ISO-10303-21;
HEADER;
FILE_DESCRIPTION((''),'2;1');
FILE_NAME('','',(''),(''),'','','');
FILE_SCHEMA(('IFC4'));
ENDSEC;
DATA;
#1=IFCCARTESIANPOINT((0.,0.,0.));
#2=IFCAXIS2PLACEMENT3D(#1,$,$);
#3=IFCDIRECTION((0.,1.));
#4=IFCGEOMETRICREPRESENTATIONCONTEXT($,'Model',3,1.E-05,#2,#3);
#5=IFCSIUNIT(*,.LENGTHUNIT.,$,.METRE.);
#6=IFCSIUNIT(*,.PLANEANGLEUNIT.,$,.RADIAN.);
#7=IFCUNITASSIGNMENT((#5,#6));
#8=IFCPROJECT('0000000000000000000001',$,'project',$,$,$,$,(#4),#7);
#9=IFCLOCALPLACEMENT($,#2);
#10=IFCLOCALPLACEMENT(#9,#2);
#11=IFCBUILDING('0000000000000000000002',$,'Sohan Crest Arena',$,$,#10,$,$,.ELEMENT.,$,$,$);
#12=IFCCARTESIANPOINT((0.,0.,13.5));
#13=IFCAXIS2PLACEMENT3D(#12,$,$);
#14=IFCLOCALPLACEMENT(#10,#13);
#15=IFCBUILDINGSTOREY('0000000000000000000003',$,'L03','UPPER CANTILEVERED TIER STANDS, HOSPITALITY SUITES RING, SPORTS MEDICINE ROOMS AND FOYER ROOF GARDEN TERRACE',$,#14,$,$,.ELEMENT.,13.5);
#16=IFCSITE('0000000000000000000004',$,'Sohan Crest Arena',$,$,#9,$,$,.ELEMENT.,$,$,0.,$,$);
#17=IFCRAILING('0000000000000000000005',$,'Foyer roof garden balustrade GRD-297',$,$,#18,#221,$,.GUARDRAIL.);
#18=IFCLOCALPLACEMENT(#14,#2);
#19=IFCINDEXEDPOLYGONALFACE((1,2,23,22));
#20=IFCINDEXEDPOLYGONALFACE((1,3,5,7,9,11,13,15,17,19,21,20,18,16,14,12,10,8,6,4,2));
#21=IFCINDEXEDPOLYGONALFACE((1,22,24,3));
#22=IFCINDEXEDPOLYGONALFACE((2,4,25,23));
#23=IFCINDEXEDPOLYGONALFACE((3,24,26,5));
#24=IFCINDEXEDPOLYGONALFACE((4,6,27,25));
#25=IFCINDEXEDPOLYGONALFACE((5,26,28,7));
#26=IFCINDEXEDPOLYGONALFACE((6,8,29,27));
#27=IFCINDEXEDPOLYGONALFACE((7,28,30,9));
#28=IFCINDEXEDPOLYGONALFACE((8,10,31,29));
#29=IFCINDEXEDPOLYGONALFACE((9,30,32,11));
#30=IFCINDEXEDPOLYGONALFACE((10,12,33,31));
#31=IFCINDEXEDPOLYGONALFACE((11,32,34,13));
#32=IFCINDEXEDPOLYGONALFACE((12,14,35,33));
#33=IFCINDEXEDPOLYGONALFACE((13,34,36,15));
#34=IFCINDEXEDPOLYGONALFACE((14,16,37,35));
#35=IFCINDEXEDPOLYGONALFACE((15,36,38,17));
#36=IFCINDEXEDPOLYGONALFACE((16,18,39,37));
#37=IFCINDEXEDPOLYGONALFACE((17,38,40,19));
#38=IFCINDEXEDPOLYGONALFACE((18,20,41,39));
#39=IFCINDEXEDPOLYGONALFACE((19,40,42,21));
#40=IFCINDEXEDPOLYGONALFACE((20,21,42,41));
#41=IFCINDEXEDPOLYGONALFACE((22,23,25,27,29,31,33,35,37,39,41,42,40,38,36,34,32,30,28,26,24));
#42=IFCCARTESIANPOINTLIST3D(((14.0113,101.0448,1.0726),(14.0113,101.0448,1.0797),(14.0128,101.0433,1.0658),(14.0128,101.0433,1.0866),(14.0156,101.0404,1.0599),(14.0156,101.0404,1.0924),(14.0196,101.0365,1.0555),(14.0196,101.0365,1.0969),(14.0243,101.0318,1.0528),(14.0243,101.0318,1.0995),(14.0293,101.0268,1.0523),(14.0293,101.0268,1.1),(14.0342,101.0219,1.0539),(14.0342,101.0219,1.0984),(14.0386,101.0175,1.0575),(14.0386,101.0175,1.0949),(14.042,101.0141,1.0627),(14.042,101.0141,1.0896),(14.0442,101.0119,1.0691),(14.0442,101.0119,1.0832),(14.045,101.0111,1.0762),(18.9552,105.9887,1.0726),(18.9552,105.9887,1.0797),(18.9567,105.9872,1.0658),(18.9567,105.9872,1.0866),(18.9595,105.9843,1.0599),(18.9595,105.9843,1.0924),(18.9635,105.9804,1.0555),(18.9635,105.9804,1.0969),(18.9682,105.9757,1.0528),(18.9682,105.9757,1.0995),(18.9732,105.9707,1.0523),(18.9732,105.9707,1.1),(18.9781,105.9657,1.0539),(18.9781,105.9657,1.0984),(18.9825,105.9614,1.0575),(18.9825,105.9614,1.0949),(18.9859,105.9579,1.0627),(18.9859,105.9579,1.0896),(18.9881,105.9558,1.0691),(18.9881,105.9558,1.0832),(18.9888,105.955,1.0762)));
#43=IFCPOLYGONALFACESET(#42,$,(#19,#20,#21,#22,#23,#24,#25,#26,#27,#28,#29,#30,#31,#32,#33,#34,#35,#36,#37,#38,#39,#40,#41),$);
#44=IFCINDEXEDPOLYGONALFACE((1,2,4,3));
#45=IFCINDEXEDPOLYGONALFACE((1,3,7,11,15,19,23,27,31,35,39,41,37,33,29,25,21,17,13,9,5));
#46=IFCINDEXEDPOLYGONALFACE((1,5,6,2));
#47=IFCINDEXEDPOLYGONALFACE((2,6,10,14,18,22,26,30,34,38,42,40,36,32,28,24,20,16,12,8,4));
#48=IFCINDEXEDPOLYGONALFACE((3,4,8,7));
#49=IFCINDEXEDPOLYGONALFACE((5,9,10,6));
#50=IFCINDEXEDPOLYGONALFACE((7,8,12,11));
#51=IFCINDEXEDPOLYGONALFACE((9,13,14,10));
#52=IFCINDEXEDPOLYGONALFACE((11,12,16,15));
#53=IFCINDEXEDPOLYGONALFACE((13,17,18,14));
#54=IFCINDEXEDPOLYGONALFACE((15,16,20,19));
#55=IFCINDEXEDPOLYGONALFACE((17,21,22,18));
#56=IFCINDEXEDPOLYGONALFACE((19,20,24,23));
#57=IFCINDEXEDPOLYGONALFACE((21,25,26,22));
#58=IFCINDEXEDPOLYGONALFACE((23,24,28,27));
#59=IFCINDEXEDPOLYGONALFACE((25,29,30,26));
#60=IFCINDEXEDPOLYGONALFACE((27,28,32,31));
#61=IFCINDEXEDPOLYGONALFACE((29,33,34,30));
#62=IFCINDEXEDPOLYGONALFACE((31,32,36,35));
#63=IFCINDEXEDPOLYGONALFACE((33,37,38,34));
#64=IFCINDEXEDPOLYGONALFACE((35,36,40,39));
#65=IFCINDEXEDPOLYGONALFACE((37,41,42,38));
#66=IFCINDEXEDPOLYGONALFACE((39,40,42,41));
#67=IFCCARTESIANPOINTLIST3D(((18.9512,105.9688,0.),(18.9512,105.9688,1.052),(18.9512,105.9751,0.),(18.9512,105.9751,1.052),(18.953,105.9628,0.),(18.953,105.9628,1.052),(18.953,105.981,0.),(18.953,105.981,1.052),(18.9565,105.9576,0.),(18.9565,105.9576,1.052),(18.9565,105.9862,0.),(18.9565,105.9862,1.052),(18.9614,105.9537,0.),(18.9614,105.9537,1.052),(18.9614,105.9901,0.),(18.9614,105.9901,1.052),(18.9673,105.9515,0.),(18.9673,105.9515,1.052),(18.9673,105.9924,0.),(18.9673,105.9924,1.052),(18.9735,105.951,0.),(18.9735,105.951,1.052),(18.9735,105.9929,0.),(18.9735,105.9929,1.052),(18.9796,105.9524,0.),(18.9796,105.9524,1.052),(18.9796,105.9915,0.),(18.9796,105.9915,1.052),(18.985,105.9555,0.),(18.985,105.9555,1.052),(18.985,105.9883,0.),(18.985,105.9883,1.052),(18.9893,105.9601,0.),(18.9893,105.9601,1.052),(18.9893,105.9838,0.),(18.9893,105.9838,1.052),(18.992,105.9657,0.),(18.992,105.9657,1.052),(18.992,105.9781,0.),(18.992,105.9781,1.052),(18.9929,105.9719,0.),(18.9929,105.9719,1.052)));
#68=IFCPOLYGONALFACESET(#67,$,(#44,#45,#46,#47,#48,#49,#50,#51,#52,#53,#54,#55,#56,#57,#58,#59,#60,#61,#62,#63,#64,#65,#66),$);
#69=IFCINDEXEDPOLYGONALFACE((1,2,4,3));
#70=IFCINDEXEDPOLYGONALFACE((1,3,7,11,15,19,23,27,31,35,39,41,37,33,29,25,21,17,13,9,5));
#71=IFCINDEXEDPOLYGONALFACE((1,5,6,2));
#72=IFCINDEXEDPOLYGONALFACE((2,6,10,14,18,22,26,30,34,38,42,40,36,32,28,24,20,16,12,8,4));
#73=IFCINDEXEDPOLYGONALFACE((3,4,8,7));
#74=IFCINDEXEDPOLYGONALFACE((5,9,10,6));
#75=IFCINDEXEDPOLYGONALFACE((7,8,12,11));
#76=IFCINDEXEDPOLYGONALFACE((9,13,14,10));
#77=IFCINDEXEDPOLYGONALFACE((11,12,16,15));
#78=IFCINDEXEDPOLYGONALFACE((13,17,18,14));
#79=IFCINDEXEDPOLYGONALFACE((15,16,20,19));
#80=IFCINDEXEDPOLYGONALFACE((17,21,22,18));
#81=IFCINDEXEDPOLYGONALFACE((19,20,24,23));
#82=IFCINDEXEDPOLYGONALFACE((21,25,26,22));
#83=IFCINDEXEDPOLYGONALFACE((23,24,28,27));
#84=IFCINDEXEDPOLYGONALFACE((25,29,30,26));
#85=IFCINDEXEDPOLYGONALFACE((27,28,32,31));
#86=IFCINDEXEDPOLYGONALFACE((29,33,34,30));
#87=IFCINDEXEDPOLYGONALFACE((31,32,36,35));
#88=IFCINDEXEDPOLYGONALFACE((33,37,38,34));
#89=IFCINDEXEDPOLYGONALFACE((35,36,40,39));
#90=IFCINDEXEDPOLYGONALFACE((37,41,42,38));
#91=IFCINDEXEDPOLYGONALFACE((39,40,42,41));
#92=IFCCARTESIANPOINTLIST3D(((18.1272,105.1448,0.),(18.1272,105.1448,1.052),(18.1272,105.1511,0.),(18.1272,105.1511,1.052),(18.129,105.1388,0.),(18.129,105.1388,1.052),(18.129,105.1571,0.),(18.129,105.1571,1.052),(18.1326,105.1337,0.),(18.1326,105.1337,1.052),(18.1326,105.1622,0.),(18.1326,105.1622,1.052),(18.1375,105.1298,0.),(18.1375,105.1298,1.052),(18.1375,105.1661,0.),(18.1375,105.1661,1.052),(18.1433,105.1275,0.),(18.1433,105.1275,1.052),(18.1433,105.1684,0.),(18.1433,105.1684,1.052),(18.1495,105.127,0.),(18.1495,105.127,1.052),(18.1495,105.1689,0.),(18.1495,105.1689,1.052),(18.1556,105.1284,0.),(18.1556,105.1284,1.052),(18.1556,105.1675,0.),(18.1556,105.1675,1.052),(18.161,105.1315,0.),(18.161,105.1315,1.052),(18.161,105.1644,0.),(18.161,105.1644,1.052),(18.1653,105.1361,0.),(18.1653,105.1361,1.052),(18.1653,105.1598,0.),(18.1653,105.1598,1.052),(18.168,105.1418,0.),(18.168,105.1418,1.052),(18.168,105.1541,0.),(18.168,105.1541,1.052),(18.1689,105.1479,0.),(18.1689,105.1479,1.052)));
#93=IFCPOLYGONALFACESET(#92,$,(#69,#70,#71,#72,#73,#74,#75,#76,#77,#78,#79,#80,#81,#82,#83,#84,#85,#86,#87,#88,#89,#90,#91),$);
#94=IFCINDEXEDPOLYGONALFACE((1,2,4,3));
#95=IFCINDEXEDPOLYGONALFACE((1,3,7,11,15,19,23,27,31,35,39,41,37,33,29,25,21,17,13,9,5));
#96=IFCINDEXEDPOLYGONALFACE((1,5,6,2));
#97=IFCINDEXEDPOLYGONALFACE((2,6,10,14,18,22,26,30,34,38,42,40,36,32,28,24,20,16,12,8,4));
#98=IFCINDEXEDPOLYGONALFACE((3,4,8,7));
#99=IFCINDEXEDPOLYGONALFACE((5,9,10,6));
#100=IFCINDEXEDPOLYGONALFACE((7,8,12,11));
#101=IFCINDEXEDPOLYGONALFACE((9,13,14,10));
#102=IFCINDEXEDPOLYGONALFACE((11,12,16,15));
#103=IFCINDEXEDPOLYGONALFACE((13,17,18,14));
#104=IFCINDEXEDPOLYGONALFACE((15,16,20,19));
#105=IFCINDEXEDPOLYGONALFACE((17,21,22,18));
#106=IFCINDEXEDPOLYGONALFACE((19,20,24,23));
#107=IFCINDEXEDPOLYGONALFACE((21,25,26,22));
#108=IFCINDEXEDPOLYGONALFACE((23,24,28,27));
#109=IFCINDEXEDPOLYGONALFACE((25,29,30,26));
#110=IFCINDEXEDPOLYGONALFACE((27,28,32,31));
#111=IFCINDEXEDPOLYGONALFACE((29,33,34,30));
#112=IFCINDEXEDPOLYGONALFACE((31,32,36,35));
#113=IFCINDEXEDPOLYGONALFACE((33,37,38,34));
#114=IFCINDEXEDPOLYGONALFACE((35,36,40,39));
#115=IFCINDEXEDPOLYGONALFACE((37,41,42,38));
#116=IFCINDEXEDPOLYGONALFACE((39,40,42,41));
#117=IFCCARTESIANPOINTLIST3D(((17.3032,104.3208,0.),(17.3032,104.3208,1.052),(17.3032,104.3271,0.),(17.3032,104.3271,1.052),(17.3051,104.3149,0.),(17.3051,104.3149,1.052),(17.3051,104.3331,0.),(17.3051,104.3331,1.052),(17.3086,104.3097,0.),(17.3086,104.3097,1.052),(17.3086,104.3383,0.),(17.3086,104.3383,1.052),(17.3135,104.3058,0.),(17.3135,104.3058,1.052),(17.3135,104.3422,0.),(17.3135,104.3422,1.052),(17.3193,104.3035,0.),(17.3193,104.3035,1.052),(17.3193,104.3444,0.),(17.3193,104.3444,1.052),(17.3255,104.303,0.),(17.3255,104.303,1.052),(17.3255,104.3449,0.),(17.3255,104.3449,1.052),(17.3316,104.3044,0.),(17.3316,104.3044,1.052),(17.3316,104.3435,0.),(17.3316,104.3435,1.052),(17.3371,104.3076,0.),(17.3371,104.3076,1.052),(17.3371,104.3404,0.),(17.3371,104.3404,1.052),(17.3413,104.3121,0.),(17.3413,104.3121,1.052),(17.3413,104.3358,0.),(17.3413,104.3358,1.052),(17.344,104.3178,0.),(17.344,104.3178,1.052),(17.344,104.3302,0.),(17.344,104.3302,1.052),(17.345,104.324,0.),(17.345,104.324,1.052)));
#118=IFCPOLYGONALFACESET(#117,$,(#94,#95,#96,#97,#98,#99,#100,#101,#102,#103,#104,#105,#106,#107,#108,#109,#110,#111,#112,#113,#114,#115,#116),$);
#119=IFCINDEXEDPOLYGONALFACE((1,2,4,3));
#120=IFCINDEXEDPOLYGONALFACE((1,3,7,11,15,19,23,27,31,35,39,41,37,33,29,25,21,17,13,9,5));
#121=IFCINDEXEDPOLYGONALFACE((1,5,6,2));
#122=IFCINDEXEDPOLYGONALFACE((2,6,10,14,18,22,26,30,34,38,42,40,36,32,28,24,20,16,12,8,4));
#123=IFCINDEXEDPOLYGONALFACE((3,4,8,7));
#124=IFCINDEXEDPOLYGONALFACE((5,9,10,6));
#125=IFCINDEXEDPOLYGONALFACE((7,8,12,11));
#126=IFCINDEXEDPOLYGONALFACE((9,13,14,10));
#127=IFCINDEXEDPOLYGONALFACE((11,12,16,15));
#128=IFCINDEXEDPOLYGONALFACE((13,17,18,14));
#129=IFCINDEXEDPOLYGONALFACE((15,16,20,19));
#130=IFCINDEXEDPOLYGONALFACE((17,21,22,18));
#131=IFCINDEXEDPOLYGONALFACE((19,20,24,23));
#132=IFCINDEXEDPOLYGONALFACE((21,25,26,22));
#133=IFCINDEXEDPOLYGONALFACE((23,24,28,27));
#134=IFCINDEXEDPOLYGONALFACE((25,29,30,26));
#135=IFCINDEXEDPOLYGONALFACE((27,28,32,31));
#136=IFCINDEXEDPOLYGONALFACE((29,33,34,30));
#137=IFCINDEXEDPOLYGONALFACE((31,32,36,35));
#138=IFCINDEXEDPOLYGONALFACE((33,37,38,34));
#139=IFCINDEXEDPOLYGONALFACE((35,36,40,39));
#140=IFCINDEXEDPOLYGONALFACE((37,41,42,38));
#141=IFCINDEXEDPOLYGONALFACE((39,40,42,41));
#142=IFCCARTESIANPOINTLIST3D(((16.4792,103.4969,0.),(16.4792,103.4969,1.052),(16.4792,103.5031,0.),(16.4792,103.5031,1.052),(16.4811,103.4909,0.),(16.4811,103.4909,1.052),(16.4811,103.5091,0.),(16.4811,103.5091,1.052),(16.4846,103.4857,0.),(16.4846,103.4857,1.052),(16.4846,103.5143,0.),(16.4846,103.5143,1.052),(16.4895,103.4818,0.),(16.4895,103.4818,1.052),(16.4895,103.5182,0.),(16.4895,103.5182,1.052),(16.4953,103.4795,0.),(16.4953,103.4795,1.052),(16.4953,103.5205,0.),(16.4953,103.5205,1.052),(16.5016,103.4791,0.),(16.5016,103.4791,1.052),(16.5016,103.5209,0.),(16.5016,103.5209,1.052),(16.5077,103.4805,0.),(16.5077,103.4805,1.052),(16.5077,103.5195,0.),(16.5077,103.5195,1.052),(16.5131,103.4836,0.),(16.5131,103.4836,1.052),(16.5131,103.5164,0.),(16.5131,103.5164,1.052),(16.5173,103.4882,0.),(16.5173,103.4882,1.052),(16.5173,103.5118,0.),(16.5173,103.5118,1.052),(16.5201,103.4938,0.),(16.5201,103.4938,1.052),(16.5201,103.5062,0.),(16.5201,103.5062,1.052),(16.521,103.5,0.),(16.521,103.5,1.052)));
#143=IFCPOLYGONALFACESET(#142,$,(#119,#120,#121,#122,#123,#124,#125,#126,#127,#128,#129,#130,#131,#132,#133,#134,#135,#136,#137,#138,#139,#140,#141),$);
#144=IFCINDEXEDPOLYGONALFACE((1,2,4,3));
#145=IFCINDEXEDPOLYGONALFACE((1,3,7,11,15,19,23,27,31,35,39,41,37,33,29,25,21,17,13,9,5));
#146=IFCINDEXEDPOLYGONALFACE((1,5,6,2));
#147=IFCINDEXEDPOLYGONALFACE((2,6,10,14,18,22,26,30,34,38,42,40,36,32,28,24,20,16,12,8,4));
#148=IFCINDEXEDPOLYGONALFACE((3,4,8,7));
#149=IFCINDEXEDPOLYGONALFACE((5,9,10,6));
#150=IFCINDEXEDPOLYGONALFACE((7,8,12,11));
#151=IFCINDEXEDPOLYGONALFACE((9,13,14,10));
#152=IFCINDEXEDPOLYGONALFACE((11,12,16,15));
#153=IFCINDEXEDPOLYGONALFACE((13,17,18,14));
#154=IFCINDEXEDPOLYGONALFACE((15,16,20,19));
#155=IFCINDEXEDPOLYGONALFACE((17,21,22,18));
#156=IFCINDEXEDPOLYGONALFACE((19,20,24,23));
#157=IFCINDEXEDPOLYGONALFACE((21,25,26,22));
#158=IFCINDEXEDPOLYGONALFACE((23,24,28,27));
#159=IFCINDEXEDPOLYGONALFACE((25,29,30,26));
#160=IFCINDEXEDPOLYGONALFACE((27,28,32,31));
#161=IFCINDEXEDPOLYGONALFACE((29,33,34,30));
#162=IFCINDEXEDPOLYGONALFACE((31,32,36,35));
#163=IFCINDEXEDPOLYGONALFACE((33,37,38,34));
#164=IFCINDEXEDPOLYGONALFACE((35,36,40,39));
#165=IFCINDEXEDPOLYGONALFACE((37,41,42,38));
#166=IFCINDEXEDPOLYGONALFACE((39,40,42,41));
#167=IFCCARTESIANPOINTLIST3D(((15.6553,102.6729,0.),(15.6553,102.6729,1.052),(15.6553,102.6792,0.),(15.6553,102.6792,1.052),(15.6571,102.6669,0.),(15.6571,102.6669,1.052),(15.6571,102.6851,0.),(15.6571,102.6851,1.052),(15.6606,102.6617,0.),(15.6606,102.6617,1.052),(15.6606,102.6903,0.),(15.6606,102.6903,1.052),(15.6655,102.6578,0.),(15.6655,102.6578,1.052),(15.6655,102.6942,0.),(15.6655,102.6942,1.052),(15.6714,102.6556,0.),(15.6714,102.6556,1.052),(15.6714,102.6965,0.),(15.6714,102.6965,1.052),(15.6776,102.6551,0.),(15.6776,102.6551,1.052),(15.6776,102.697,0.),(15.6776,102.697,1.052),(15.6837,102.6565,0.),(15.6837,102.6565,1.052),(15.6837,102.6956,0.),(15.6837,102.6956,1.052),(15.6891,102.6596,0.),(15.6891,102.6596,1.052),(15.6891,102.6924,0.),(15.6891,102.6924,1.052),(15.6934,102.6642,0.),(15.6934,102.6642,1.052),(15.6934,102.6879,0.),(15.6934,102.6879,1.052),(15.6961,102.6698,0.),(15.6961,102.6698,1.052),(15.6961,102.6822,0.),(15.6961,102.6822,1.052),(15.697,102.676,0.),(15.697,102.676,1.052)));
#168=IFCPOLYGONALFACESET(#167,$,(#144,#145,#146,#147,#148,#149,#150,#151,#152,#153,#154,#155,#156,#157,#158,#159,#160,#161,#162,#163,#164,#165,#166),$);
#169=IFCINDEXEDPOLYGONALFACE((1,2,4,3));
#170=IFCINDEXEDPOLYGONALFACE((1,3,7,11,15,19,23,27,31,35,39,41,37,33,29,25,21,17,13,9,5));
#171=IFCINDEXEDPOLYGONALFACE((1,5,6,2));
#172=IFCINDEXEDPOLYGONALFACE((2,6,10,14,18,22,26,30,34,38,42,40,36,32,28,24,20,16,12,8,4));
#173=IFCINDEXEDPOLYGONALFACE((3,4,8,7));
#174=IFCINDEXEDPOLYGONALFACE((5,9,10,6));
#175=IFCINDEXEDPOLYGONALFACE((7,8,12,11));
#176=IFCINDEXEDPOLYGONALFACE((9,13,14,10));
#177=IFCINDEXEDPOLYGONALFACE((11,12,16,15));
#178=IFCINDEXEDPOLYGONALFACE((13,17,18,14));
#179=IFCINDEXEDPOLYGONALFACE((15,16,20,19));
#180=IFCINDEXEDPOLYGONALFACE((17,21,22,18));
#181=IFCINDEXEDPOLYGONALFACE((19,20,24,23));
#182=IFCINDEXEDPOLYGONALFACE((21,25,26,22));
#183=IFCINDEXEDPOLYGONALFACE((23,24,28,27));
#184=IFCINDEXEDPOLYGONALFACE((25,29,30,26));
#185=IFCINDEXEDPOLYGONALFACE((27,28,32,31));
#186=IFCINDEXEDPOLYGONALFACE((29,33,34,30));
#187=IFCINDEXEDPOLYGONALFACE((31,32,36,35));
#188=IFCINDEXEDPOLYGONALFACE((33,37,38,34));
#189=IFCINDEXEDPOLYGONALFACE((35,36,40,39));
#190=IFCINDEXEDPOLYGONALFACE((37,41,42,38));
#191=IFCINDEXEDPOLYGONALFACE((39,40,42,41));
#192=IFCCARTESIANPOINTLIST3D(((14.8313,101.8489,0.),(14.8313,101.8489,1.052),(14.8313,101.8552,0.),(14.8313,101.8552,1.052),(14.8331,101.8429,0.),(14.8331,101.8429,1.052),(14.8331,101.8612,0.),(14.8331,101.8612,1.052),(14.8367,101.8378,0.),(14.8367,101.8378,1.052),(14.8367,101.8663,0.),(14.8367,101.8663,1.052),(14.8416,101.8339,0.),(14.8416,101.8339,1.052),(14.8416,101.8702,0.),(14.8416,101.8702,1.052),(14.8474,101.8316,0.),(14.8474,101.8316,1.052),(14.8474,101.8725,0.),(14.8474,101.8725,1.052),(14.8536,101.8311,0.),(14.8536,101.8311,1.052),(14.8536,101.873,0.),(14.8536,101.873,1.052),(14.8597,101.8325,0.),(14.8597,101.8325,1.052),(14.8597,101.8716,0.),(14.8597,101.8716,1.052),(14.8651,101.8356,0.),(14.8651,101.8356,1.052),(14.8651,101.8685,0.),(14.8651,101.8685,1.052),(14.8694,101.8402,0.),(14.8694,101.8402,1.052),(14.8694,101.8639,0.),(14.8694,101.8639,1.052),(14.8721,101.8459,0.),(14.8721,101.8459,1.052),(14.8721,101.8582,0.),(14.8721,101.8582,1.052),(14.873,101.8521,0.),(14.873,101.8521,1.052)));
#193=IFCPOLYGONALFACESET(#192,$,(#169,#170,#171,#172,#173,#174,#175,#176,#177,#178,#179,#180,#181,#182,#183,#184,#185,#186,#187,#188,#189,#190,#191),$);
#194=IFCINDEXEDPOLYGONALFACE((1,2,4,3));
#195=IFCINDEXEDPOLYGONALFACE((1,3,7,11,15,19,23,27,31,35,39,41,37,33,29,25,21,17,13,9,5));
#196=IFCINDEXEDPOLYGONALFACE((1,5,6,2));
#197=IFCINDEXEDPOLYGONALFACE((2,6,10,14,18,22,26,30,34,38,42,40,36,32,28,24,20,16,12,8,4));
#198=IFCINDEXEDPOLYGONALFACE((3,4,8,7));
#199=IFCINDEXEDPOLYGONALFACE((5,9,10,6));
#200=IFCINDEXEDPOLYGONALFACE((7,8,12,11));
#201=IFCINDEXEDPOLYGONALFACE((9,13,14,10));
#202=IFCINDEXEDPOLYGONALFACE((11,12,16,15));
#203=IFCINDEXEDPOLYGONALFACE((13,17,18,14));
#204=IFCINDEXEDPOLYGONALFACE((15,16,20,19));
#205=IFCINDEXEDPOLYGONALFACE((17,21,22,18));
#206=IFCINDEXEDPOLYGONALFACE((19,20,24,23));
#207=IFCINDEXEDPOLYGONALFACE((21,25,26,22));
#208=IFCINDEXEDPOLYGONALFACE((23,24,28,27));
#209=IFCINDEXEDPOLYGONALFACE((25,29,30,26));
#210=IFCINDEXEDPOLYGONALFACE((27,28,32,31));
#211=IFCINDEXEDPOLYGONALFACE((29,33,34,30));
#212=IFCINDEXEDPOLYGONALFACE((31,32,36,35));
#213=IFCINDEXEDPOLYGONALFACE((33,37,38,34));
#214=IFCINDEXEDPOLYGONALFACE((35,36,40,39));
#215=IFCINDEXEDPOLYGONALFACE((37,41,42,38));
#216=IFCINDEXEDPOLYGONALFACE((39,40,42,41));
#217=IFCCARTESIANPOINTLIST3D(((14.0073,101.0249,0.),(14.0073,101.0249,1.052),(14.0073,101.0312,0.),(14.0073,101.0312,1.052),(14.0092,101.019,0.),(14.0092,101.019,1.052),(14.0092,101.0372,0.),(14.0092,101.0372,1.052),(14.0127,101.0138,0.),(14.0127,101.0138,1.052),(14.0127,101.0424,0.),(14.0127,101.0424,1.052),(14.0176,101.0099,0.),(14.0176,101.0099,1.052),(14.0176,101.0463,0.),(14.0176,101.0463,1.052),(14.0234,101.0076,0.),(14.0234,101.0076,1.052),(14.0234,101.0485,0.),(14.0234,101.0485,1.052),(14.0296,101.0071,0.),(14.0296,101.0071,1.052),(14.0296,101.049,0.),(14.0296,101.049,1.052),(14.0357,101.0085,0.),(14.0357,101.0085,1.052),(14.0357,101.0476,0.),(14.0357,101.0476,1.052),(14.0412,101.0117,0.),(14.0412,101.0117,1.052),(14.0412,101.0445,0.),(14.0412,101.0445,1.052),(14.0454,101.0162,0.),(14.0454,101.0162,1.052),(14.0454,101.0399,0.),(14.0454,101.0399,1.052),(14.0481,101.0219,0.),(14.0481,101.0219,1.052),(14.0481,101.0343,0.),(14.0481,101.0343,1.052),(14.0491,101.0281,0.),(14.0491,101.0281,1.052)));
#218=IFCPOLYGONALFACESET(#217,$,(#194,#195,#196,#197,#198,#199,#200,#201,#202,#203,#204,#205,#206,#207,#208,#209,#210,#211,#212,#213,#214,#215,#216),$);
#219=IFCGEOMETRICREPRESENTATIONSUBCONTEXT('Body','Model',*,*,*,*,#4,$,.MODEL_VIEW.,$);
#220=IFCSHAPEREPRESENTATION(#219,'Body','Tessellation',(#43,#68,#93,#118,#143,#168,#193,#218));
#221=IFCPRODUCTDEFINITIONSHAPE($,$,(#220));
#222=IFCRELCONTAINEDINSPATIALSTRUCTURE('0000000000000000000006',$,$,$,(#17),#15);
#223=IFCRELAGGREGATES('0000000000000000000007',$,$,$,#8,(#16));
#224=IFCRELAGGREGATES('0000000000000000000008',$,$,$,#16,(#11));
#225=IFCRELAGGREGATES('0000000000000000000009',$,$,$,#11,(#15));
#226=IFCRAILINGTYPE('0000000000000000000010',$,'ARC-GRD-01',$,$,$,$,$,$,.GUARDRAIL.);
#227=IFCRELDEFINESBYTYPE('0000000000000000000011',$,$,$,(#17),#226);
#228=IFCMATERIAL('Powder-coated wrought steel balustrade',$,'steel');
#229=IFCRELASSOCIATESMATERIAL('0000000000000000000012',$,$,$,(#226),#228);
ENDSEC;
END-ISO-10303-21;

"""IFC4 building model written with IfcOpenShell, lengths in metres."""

from ifc_helpers import new_model, si_unit, direction, frame, origin, origin_2d, place, context, subcontext, project, spatial, circle, extrude, material, type_object, element, save


model = new_model("IFC4")

# Units and contexts
model_context = context("Model", 3, precision=1e-05, world=origin(), true_north=direction((0.0, 1.0)))
body_context = subcontext(model_context, "Body", "Model", "MODEL_VIEW")
ifc_project = project(units=[si_unit("LENGTHUNIT", "METRE"), si_unit("PLANEANGLEUNIT", "RADIAN")], contexts=[model_context])

# Site, building, storey
site_placement = place(None, origin())
site = spatial("IfcSite", under=ifc_project, at=site_placement, Name="Sohan Crest Arena", CompositionType="ELEMENT", RefElevation=0.0)
building_placement = place(site_placement, origin())
building = spatial("IfcBuilding", under=site, at=building_placement, Name="Sohan Crest Arena", CompositionType="ELEMENT")
storey_placement = place(building_placement, frame((0.0, 0.0, 13.5)))
storey = spatial("IfcBuildingStorey", under=building, at=storey_placement, Name="L03", Description="UPPER CANTILEVERED TIER STANDS, HOSPITALITY SUITES RING, SPORTS MEDICINE ROOMS AND FOYER ROOF GARDEN TERRACE", CompositionType="ELEMENT", Elevation=13.5)

# Railing
ifc_material_1 = material(Name="Powder-coated wrought steel balustrade", Category="steel")
railing_type = type_object("IfcRailingType", Name="ARC-GRD-01", PredefinedType="GUARDRAIL", material=ifc_material_1)
railing_1_placement = place(storey_placement, frame((18.9719, 105.9719, 0.0)))
element("IfcRailing", 1, at=railing_1_placement, inside=storey, type_object=railing_type, Name="Foyer roof garden balustrade GRD-297", PredefinedType="GUARDRAIL", context=body_context, shape_type="SweptSolid", body=[
    extrude(circle(Radius=0.0239, at=origin_2d()), frame((0.0, 0.0, 1.0762), z_axis=(-0.707107, -0.707107, 0.0), x_axis=(0.707107, -0.707107, 0.0)), (0.0, 0.0, 1.0), 6.9917),
    extrude(circle(Radius=0.021, at=origin_2d()), origin(), (0.0, 0.0, 1.0), 1.052),
    extrude(circle(Radius=0.021, at=origin_2d()), frame((-0.824, -0.824, 0.0)), (0.0, 0.0, 1.0), 1.052),
    extrude(circle(Radius=0.021, at=origin_2d()), frame((-1.6479, -1.6479, 0.0)), (0.0, 0.0, 1.0), 1.052),
    extrude(circle(Radius=0.021, at=origin_2d()), frame((-2.4719, -2.4719, 0.0)), (0.0, 0.0, 1.0), 1.052),
    extrude(circle(Radius=0.021, at=origin_2d()), frame((-3.2959, -3.2959, 0.0)), (0.0, 0.0, 1.0), 1.052),
    extrude(circle(Radius=0.021, at=origin_2d()), frame((-4.1199, -4.1199, 0.0)), (0.0, 0.0, 1.0), 1.052),
    extrude(circle(Radius=0.021, at=origin_2d()), frame((-4.9438, -4.9438, 0.0)), (0.0, 0.0, 1.0), 1.052),
])

save(model, "model.ifc")
